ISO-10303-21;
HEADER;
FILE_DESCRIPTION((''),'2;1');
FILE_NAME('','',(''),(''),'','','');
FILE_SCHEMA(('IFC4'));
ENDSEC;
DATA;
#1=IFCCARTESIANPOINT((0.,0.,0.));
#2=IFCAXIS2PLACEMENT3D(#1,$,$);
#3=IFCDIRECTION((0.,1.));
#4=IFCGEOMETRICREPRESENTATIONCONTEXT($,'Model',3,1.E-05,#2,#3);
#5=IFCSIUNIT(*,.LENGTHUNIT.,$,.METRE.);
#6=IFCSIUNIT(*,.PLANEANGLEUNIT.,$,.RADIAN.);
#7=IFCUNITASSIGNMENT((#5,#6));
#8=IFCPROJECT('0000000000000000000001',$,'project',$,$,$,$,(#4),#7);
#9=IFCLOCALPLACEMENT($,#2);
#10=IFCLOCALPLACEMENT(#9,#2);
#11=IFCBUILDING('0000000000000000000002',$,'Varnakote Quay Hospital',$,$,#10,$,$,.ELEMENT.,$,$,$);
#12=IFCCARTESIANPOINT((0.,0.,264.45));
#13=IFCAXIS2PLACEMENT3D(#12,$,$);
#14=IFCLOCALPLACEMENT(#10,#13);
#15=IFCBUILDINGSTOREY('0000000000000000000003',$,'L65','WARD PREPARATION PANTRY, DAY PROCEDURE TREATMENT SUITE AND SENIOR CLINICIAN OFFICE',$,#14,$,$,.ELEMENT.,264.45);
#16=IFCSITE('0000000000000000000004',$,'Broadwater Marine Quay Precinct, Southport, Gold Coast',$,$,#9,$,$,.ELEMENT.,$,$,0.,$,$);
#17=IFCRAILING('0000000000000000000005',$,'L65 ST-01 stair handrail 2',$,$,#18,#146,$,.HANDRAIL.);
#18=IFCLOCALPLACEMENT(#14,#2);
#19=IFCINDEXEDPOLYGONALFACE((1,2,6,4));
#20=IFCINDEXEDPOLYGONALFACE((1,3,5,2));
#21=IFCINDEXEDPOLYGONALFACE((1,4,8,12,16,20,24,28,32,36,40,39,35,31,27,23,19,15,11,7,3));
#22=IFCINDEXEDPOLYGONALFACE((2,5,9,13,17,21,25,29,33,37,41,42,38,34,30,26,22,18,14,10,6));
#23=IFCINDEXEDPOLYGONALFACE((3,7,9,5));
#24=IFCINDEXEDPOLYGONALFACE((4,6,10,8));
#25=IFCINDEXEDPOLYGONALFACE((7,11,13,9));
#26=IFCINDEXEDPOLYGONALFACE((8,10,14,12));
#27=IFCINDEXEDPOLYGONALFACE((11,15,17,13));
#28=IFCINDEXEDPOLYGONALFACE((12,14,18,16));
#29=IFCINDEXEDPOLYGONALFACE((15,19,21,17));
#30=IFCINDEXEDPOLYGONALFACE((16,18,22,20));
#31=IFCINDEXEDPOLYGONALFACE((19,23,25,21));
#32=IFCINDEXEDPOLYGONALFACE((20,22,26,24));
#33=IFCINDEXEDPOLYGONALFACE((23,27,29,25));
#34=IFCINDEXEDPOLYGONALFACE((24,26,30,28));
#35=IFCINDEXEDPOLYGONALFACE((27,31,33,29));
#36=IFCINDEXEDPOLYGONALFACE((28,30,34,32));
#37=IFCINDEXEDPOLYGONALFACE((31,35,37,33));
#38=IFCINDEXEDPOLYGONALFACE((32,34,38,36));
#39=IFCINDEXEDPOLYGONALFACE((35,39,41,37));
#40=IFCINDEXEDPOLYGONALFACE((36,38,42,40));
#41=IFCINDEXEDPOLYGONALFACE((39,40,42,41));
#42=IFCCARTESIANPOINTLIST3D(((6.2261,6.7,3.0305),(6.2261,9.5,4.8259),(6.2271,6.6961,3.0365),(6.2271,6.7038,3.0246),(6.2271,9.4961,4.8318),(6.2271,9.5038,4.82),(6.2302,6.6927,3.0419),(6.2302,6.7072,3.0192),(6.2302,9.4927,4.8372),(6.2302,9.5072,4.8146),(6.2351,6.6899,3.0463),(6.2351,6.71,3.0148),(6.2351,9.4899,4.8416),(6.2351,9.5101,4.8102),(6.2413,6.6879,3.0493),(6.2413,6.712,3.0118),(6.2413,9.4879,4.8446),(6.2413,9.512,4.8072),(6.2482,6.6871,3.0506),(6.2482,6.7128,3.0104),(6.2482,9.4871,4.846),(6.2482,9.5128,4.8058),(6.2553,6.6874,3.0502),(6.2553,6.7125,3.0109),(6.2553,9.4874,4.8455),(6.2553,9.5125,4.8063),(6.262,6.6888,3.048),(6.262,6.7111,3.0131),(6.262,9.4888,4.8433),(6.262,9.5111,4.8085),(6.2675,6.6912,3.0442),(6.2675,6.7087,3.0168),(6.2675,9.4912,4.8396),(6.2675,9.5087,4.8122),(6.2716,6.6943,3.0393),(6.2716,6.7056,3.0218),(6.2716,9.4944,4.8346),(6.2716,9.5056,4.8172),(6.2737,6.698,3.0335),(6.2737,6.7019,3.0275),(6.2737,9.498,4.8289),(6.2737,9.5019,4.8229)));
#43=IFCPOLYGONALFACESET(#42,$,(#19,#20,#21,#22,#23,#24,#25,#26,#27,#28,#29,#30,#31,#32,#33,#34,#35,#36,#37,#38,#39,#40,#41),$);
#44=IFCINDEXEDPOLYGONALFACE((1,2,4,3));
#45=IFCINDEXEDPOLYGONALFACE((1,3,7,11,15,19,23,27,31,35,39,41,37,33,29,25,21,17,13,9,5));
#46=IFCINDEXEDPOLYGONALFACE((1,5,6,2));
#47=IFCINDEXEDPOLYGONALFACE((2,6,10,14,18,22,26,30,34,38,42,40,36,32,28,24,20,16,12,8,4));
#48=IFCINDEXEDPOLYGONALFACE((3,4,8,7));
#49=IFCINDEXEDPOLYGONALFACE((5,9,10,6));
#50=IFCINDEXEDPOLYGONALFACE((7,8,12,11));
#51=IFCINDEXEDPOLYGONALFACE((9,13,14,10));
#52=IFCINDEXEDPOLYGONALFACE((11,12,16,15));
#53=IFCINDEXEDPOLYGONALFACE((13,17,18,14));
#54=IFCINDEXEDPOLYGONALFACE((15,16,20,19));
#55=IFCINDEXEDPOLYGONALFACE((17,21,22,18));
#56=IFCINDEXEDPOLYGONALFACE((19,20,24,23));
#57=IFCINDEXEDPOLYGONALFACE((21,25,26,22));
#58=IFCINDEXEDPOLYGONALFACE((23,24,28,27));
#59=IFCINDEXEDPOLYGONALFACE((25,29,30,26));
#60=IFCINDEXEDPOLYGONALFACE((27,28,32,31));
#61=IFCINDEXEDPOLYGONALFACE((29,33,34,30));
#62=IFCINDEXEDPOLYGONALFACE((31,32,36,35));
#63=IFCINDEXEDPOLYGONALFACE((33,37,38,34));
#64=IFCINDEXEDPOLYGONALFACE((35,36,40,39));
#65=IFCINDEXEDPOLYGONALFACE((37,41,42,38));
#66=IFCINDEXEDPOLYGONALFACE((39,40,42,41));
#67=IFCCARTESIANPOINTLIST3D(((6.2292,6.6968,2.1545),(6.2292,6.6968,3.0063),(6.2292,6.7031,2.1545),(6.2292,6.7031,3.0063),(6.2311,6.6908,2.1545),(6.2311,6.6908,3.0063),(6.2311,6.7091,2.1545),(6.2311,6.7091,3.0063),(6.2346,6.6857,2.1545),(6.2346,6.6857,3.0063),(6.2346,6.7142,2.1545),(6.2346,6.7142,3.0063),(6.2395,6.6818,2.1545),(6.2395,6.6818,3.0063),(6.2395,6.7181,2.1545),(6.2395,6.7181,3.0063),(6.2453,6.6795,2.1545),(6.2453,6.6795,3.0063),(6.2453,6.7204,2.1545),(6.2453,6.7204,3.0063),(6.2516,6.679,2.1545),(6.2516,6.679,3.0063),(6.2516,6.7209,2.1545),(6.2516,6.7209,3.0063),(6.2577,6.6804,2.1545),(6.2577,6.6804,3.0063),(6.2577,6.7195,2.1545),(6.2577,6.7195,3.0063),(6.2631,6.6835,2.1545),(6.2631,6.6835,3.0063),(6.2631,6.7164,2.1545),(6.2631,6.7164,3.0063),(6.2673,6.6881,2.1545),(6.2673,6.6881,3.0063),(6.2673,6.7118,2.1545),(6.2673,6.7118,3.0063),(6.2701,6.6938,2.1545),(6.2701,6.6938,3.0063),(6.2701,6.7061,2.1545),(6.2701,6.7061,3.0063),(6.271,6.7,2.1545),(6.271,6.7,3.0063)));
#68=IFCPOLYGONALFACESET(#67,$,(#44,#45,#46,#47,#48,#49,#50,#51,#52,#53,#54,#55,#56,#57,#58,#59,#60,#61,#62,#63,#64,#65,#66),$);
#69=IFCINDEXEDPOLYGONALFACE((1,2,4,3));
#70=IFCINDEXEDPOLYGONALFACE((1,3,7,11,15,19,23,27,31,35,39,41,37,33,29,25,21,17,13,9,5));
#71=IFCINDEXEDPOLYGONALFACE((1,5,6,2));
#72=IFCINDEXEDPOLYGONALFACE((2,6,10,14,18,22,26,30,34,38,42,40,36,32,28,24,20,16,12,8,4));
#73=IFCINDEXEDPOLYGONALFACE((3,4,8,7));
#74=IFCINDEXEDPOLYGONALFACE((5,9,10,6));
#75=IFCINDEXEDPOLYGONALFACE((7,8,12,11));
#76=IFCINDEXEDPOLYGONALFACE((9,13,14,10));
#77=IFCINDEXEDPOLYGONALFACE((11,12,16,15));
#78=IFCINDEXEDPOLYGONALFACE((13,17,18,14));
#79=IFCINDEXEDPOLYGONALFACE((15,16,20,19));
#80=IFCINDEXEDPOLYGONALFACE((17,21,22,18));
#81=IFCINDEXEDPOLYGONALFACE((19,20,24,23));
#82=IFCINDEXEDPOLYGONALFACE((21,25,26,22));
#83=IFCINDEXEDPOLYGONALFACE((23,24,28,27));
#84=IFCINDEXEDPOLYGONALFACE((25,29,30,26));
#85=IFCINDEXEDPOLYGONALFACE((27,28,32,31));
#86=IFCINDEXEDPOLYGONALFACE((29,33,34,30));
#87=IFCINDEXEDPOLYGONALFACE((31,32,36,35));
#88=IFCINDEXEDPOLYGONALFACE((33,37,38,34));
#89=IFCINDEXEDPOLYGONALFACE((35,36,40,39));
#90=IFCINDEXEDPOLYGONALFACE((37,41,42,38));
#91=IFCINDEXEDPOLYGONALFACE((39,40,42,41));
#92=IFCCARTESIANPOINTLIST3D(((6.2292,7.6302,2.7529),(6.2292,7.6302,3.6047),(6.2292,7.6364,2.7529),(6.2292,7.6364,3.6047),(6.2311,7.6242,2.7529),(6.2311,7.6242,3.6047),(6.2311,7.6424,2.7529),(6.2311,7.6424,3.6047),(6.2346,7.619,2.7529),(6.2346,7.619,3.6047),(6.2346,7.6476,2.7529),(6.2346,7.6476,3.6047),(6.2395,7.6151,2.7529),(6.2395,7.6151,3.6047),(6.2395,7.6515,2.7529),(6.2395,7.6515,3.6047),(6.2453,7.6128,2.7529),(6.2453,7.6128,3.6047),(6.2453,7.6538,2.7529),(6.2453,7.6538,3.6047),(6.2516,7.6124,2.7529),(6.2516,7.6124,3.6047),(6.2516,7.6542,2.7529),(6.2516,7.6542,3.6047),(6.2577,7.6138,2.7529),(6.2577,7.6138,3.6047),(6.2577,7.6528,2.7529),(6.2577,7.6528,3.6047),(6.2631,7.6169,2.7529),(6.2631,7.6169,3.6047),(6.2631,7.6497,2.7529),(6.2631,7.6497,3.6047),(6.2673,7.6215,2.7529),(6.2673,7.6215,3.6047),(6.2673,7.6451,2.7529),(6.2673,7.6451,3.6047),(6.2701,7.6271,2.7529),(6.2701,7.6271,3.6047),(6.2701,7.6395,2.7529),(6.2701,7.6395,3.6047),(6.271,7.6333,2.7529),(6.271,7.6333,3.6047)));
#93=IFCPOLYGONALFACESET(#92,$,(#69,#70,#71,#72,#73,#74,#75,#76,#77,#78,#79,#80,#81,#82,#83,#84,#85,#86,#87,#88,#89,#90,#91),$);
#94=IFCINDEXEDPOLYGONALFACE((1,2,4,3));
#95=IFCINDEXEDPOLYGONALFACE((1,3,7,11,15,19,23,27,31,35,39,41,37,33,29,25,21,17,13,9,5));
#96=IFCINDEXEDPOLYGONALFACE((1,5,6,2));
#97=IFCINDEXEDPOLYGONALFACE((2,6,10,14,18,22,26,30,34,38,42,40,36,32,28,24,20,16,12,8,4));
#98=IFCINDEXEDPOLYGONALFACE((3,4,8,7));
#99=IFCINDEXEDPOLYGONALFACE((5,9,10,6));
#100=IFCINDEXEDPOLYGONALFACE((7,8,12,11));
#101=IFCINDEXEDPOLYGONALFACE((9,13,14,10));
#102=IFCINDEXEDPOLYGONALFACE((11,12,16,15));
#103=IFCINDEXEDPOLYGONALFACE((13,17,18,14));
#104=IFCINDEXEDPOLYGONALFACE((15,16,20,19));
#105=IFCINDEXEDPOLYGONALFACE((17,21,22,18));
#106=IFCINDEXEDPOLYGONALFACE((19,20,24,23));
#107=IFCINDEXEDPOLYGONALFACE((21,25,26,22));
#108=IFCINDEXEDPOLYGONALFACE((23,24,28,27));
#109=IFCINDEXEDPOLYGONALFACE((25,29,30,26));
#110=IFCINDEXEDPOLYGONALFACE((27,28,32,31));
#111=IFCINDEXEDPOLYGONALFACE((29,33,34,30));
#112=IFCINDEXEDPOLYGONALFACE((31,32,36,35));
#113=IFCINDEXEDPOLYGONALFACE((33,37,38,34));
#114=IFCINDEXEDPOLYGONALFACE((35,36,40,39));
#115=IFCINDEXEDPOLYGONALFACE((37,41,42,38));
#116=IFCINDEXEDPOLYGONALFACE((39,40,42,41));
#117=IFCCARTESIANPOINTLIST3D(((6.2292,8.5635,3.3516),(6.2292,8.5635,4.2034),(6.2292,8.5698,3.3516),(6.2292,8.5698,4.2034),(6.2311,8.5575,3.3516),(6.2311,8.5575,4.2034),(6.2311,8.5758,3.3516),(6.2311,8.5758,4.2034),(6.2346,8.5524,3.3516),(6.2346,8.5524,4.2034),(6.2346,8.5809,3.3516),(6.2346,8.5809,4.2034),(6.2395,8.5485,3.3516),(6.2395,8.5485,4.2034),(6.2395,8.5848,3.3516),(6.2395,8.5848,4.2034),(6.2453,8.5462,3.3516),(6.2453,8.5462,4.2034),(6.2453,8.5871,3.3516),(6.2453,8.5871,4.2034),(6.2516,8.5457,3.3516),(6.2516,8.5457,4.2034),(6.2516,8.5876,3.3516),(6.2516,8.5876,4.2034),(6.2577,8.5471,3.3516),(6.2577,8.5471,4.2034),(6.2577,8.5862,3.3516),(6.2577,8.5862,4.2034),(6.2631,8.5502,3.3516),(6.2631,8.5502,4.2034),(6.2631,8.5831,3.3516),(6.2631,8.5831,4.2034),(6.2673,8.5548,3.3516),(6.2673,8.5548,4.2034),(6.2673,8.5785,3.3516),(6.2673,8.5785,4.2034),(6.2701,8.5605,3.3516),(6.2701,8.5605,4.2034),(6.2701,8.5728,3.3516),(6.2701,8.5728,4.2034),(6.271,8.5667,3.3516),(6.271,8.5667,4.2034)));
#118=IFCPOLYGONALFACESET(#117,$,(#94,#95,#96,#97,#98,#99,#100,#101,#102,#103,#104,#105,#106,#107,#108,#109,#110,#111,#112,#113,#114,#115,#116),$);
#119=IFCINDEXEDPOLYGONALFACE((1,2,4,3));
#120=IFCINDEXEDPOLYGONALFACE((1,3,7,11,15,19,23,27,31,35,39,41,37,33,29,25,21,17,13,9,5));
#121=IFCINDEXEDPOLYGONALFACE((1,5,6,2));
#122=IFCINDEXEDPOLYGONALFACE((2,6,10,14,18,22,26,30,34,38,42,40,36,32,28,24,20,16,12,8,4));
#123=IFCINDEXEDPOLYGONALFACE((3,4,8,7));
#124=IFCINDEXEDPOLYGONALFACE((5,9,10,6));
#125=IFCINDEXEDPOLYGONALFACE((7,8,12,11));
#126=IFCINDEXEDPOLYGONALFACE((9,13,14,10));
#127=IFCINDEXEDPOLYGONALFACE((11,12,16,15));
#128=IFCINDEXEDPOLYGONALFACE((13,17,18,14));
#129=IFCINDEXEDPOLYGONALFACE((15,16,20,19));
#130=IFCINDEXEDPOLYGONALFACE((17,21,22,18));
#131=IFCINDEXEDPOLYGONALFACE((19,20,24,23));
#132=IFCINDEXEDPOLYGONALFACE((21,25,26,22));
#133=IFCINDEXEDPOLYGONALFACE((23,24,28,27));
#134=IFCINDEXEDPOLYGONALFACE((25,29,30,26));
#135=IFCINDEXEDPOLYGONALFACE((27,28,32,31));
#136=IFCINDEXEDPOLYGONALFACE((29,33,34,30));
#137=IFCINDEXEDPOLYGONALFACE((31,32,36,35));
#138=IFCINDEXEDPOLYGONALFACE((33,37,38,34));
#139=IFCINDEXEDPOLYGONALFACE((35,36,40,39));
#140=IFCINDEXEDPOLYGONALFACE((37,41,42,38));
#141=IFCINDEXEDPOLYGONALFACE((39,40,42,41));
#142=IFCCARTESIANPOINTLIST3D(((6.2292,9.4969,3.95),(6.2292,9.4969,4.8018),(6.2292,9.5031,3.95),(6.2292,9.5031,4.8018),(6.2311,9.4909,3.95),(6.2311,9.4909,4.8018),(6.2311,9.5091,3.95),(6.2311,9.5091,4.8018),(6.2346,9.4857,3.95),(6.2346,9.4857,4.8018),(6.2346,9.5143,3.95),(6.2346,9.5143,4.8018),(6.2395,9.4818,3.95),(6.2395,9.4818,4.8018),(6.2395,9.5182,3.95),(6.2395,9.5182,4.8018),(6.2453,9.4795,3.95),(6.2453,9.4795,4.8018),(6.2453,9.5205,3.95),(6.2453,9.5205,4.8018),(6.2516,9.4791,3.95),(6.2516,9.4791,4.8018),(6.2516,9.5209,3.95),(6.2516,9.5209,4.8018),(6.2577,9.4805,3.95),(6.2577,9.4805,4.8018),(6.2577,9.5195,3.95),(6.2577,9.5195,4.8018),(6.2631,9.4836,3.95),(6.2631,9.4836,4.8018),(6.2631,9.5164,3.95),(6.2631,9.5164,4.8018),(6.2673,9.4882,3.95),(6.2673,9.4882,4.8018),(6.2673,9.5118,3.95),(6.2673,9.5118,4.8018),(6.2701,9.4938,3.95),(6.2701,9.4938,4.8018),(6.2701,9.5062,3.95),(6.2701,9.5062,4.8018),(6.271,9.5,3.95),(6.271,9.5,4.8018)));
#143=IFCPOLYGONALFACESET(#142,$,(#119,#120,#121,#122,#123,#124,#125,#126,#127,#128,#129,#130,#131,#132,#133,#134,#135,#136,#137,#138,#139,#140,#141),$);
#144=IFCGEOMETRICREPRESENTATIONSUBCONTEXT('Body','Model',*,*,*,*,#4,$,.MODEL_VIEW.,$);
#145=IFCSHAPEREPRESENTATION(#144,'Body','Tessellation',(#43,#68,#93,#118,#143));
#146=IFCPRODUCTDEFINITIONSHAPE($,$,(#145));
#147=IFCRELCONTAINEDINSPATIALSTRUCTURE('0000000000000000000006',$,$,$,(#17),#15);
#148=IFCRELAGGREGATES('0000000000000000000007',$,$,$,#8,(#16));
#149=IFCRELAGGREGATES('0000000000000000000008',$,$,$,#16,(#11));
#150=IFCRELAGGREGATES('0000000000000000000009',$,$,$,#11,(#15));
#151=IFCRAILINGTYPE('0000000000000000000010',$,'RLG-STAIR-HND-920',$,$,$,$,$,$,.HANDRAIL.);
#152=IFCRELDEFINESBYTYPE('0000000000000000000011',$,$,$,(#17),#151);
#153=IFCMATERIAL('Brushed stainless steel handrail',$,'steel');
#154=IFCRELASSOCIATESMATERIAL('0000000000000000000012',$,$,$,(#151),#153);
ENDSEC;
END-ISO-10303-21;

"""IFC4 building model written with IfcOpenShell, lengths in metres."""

from ifc_helpers import new_model, si_unit, direction, frame, origin, origin_2d, place, context, subcontext, project, spatial, circle, extrude, material, type_object, element, save


model = new_model("IFC4")

# Units and contexts
model_context = context("Model", 3, precision=1e-05, world=origin(), true_north=direction((0.0, 1.0)))
body_context = subcontext(model_context, "Body", "Model", "MODEL_VIEW")
ifc_project = project(units=[si_unit("LENGTHUNIT", "METRE"), si_unit("PLANEANGLEUNIT", "RADIAN")], contexts=[model_context])

# Site, building, storey
site_placement = place(None, origin())
site = spatial("IfcSite", under=ifc_project, at=site_placement, Name="Broadwater Marine Quay Precinct, Southport, Gold Coast", CompositionType="ELEMENT", RefElevation=0.0)
building_placement = place(site_placement, origin())
building = spatial("IfcBuilding", under=site, at=building_placement, Name="Varnakote Quay Hospital", CompositionType="ELEMENT")
storey_placement = place(building_placement, frame((0.0, 0.0, 264.45)))
storey = spatial("IfcBuildingStorey", under=building, at=storey_placement, Name="L65", Description="WARD PREPARATION PANTRY, DAY PROCEDURE TREATMENT SUITE AND SENIOR CLINICIAN OFFICE", CompositionType="ELEMENT", Elevation=264.45)

# Railing
ifc_material_1 = material(Name="Brushed stainless steel handrail", Category="steel")
railing_type_1 = type_object("IfcRailingType", Name="RLG-STAIR-HND-920", PredefinedType="HANDRAIL", material=ifc_material_1)
railing_1_placement = place(storey_placement, frame((6.25, 6.7, 2.1545)))
element("IfcRailing", 1, at=railing_1_placement, inside=storey, type_object=railing_type_1, Name="L65 ST-01 stair handrail 2", PredefinedType="HANDRAIL", context=body_context, shape_type="SweptSolid", body=[
    extrude(circle(Radius=0.0239, at=origin_2d()), frame((0.0, 0.0, 0.876), z_axis=(0.0, 0.84181, 0.539774), x_axis=(-1.0, 0.0, 0.0)), (0.0, 0.0, 1.0), 3.3262),
    extrude(circle(Radius=0.021, at=origin_2d()), origin(), (0.0, 0.0, 1.0), 0.8518),
    extrude(circle(Radius=0.021, at=origin_2d()), frame((0.0, 0.9333, 0.5984)), (0.0, 0.0, 1.0), 0.8518),
    extrude(circle(Radius=0.021, at=origin_2d()), frame((0.0, 1.8667, 1.197)), (0.0, 0.0, 1.0), 0.8518),
    extrude(circle(Radius=0.021, at=origin_2d()), frame((0.0, 2.8, 1.7954)), (0.0, 0.0, 1.0), 0.8518),
])

save(model, "model.ifc")
